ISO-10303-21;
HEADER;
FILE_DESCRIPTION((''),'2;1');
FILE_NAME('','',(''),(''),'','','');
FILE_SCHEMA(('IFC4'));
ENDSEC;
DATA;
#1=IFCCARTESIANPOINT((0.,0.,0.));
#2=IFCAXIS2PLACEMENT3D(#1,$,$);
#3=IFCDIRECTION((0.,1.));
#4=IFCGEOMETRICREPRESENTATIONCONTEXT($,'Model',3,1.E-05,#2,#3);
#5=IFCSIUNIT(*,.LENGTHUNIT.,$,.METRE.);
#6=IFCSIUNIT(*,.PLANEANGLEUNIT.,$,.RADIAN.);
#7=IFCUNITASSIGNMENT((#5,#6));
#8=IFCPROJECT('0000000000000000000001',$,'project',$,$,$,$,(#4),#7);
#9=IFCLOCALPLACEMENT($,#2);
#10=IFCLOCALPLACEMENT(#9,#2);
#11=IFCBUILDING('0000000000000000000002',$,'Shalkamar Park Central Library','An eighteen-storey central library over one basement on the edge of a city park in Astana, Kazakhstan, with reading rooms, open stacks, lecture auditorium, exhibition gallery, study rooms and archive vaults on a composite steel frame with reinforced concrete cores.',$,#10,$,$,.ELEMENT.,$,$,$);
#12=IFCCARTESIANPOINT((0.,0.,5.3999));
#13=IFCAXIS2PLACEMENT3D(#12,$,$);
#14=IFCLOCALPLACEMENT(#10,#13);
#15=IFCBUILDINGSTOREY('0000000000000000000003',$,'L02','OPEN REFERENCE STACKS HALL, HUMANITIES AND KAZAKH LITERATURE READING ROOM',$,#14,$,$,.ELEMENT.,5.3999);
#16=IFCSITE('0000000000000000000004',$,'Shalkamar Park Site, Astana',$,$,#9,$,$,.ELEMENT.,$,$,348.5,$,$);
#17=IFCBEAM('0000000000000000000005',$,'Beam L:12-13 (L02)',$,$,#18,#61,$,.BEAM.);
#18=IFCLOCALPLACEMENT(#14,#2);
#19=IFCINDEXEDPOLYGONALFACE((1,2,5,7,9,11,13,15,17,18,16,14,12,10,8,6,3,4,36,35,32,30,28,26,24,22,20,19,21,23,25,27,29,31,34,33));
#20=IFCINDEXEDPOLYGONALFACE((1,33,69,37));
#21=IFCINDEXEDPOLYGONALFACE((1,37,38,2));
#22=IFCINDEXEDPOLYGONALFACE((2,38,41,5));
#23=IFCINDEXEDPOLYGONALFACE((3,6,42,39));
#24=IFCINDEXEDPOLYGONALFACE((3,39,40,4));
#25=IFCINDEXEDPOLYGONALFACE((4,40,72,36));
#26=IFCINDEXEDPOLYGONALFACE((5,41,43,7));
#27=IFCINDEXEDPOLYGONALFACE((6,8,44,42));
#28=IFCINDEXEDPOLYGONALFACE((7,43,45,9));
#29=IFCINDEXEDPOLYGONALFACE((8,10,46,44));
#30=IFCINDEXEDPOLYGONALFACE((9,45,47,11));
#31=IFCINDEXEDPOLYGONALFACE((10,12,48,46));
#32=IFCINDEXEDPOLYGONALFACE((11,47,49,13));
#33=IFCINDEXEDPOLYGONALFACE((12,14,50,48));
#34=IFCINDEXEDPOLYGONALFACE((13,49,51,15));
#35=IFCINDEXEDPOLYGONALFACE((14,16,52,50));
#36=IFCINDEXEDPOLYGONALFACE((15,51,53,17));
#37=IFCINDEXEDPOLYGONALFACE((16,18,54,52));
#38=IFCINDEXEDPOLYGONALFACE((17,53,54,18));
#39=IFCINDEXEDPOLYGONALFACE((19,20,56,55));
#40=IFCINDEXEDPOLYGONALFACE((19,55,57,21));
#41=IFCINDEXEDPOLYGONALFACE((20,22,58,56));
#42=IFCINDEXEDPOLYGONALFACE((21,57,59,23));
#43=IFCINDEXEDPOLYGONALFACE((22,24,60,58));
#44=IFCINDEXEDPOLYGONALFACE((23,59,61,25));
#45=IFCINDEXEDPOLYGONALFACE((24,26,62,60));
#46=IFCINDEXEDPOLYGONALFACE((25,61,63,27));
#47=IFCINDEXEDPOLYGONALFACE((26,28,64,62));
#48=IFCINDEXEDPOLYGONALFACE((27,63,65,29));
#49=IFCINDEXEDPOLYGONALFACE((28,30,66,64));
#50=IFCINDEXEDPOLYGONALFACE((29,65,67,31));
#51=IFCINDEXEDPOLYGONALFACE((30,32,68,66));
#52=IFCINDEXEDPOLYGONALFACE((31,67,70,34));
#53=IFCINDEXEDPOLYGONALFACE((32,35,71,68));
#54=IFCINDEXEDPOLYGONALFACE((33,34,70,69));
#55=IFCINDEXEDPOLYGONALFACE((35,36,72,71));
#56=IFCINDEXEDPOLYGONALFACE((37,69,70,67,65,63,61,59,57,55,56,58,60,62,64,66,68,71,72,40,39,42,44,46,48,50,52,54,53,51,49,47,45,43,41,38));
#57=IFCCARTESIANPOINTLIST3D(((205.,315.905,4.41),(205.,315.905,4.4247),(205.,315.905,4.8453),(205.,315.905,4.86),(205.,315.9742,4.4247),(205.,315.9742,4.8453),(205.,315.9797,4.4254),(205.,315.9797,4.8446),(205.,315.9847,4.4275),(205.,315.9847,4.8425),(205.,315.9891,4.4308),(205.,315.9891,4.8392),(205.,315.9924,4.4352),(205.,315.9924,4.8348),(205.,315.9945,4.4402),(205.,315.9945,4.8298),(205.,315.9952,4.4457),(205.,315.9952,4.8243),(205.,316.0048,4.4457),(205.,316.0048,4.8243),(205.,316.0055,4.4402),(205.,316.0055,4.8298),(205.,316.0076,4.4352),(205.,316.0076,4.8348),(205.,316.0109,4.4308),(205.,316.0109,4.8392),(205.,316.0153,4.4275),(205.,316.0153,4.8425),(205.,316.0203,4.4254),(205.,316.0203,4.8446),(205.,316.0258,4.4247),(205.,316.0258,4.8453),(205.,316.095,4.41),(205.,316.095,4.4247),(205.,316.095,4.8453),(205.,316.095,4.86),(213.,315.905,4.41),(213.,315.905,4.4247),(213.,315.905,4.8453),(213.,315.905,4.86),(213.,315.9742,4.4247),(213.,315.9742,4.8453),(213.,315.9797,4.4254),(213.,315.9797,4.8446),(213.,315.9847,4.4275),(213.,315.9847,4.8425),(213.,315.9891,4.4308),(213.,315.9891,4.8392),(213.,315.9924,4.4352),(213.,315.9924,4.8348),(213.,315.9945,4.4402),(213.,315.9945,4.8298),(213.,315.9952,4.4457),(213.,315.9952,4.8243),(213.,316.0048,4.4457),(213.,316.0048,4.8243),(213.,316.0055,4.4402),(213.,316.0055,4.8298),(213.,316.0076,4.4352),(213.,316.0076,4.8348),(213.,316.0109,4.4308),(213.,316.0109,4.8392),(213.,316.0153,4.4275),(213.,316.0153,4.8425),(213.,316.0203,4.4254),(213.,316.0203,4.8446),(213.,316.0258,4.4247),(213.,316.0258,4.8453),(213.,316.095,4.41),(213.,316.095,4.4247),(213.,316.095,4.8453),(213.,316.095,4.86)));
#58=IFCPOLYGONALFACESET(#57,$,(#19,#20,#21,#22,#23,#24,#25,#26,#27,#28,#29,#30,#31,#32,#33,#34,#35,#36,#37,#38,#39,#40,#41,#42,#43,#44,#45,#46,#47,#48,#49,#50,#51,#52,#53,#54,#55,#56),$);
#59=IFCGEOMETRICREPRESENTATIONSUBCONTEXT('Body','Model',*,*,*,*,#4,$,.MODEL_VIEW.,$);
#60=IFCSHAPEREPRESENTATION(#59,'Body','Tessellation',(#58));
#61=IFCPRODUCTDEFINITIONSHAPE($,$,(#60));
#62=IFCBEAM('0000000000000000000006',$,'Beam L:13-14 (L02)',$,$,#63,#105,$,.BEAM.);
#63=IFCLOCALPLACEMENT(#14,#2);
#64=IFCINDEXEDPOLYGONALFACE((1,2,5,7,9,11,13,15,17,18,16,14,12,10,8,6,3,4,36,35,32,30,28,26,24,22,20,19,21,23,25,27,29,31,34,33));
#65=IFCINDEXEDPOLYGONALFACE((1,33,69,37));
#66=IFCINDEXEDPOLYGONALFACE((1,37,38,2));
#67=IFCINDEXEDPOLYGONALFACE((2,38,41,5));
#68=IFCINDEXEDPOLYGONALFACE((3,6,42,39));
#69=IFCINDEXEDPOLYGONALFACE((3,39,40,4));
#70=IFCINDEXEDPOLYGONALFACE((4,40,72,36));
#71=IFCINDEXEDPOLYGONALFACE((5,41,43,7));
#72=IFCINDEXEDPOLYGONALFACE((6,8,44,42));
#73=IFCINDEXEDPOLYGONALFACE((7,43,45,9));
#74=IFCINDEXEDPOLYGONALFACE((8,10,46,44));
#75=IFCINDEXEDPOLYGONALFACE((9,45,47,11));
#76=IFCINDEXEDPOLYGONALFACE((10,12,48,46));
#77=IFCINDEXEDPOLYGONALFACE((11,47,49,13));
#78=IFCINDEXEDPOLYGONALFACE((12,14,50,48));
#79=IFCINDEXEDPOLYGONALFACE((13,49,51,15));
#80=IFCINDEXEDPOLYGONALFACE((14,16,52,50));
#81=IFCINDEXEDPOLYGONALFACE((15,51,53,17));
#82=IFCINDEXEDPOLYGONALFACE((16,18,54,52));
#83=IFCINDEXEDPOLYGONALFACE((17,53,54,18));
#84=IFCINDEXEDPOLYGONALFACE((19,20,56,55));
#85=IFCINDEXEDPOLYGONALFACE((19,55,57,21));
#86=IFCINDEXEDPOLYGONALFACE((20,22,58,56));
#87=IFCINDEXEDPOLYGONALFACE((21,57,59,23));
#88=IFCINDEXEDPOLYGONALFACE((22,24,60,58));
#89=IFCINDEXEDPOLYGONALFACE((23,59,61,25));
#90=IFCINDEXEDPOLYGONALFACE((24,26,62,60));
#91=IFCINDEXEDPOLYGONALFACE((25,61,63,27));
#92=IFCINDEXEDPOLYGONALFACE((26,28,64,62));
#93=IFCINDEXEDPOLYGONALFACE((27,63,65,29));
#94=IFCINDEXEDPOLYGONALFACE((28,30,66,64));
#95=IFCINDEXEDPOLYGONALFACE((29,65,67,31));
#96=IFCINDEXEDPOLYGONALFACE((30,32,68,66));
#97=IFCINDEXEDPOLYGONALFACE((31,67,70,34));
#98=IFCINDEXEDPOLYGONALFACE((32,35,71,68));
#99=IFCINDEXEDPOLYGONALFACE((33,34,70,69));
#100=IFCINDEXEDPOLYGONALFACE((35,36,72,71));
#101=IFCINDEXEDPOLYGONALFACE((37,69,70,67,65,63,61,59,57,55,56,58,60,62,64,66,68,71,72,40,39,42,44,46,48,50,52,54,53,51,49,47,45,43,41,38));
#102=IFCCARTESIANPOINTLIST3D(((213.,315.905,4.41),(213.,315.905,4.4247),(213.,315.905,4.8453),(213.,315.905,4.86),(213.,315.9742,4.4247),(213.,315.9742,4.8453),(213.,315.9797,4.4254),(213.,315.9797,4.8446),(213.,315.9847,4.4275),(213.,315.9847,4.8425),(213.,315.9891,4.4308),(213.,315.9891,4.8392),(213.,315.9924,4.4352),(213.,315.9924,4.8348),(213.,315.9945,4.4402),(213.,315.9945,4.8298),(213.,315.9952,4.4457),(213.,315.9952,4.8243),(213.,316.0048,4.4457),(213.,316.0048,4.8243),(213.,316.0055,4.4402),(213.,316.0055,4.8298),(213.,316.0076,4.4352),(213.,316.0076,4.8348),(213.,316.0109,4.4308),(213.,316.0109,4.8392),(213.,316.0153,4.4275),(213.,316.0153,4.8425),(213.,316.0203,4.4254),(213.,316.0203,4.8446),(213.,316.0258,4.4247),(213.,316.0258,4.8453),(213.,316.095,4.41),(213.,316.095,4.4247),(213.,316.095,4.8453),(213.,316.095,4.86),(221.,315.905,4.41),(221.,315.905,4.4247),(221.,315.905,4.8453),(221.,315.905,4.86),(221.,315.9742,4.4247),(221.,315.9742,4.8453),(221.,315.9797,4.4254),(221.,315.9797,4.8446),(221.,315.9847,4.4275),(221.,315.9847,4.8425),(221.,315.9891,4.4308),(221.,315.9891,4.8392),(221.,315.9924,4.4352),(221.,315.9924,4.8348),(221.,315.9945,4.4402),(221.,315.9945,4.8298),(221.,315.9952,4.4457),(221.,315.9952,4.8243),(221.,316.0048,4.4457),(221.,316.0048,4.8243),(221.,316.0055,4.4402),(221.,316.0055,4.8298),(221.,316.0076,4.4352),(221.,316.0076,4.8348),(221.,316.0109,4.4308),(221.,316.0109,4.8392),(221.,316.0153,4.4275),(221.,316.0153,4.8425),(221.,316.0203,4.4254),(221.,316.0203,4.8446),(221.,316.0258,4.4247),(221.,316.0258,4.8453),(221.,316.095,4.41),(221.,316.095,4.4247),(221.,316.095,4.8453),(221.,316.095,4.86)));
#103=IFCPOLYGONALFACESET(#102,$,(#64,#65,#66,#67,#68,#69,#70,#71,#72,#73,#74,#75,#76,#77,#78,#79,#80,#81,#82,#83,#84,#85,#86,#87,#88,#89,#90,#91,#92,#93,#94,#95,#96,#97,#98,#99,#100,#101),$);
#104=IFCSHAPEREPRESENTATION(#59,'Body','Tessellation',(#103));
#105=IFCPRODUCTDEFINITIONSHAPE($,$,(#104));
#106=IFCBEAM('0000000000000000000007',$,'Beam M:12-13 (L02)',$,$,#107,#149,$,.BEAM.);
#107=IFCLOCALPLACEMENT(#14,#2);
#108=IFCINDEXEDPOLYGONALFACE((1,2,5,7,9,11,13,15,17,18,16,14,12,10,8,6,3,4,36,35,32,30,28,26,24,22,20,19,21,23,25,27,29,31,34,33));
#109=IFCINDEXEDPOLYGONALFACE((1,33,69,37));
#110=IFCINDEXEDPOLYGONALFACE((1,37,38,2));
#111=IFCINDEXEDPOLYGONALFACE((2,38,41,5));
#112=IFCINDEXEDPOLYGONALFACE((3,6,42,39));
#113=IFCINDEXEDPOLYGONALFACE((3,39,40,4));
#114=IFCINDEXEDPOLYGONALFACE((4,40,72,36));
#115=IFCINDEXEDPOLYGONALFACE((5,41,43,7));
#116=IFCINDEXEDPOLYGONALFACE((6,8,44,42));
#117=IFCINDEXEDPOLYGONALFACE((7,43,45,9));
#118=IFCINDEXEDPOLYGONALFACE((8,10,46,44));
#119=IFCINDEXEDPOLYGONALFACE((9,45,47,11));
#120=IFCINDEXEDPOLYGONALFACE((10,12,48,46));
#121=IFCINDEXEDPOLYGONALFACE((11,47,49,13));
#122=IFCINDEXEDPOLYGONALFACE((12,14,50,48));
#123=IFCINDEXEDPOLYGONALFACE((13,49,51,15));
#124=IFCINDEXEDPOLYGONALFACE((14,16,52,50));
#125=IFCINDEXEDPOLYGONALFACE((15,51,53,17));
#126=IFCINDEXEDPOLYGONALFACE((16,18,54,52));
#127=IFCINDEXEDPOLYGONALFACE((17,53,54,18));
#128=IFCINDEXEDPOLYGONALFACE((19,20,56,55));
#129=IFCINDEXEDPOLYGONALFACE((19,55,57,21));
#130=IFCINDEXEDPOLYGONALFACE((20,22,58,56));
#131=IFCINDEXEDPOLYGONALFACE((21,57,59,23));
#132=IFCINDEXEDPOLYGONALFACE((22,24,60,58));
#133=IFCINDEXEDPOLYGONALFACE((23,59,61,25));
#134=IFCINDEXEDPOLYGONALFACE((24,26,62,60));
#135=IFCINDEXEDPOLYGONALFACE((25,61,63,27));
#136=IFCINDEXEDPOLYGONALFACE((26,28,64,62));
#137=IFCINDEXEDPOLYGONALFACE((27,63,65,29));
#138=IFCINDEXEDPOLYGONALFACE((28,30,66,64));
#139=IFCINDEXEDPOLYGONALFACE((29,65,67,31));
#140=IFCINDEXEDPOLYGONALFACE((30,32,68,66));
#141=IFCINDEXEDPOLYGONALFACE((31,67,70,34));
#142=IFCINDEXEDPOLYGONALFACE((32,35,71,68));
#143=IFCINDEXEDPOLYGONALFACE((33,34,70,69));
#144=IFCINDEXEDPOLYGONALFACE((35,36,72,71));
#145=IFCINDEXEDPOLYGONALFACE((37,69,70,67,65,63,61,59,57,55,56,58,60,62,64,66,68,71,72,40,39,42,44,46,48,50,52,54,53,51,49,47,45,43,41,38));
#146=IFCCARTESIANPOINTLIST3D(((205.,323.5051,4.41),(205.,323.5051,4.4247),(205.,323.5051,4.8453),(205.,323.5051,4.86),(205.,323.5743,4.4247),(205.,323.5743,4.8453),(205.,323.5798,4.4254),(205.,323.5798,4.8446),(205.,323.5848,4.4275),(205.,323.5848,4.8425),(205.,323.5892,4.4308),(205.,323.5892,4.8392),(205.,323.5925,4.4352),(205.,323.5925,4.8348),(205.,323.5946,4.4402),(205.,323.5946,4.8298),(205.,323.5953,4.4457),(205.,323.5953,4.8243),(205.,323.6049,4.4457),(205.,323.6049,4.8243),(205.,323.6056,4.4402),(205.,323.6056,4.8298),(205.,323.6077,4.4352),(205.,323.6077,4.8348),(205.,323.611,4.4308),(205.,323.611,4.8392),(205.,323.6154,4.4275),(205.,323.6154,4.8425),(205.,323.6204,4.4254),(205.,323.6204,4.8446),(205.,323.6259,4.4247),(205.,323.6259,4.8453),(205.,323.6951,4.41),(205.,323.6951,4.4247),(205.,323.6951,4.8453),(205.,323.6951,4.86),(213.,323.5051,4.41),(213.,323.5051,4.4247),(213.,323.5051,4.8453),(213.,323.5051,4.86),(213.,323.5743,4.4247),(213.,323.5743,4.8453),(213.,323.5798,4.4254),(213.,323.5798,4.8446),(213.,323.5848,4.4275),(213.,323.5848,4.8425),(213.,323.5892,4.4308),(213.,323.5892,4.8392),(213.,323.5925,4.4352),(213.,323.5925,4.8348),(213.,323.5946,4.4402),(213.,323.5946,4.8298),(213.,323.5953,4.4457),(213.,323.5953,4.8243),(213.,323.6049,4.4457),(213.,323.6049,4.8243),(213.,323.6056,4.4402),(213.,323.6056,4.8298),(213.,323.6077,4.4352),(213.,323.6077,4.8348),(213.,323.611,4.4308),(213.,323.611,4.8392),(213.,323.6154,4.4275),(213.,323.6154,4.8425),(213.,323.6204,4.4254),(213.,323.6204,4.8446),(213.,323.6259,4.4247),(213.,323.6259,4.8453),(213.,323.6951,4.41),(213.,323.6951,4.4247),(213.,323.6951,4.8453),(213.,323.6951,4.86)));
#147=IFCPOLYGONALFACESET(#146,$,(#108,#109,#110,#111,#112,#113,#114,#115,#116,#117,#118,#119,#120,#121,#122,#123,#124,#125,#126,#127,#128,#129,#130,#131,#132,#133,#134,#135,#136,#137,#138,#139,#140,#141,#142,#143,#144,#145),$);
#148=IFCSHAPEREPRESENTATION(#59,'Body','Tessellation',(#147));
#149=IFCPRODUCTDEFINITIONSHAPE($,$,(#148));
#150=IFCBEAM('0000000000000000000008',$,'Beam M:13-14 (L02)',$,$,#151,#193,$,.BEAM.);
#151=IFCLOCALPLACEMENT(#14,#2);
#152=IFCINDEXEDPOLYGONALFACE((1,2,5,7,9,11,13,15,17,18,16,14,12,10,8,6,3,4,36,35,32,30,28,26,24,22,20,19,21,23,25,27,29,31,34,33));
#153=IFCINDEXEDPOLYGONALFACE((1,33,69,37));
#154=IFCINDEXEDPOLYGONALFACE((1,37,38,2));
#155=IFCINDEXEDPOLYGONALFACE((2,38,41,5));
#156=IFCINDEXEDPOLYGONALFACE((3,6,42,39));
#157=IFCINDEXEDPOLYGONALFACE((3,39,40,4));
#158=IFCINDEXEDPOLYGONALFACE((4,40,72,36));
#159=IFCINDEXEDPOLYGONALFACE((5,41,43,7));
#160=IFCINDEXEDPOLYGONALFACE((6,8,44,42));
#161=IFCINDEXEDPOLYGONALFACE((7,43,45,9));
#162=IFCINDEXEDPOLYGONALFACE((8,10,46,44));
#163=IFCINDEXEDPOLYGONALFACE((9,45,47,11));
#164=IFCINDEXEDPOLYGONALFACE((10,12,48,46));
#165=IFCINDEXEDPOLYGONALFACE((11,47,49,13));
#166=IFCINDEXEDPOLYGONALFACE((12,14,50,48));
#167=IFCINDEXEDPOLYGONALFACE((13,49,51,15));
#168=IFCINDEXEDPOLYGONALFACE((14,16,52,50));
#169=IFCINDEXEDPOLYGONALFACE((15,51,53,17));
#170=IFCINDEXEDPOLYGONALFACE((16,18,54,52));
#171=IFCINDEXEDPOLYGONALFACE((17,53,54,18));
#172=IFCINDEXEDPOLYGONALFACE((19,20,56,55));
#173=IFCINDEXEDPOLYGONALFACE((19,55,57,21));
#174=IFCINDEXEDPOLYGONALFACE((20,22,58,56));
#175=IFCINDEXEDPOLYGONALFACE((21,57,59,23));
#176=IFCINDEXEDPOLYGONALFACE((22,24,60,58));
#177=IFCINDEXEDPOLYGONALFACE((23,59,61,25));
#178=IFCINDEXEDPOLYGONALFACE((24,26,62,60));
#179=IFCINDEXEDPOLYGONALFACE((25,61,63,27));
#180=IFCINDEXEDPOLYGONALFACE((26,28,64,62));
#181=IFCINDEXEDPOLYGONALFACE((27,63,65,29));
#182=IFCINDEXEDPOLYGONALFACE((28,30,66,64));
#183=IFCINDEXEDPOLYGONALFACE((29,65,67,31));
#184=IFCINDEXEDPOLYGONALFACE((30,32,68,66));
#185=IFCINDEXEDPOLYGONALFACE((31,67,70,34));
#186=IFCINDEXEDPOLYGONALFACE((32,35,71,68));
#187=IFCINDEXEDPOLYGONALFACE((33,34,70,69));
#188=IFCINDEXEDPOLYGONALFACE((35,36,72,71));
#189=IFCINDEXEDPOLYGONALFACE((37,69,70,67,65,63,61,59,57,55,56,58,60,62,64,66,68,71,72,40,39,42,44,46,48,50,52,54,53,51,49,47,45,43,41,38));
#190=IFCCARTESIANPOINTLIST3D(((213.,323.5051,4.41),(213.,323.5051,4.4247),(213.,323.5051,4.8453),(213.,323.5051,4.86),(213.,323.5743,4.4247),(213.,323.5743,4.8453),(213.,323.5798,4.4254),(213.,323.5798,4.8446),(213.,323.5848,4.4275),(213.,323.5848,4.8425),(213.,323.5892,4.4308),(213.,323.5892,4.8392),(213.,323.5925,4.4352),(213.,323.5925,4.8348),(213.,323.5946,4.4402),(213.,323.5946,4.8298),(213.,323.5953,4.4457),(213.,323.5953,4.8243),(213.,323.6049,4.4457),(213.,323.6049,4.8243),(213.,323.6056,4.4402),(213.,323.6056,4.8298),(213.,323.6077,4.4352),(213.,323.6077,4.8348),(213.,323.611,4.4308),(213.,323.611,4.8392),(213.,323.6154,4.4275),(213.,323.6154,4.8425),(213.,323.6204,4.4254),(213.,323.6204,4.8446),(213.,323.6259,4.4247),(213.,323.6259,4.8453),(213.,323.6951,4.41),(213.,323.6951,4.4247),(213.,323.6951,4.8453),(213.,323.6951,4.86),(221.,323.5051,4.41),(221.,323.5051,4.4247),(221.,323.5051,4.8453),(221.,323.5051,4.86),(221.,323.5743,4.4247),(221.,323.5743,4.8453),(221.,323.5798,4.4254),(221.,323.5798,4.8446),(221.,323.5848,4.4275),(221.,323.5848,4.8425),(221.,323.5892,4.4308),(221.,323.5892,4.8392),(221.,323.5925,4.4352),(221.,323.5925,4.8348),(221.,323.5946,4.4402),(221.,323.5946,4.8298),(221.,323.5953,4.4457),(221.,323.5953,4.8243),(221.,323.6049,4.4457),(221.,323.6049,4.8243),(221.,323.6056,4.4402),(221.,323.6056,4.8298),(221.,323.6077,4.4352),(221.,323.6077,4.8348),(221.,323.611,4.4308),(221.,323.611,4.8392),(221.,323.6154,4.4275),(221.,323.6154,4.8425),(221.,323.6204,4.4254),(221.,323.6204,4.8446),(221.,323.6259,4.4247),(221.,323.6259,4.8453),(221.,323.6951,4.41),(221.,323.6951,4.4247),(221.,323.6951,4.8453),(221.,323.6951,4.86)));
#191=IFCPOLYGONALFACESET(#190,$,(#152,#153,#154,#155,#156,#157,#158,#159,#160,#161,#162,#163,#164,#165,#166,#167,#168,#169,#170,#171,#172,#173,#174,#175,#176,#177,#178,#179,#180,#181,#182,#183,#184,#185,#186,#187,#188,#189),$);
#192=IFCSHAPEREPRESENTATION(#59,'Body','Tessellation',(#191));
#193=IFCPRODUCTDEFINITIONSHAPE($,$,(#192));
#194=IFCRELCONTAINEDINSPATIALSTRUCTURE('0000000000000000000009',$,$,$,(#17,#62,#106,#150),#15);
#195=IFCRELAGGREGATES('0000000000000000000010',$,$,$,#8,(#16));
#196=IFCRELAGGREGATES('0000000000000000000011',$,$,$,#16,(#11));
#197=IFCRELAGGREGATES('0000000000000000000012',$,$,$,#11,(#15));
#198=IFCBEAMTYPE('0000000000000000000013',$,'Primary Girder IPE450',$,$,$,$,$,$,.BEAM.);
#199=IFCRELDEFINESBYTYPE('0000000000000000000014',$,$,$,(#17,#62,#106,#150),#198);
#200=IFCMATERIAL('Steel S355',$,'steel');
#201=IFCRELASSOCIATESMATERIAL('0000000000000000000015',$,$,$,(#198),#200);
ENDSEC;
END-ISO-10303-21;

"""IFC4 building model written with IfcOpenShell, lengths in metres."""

from ifc_helpers import new_model, si_unit, direction, frame, origin, origin_2d, place, context, subcontext, project, spatial, i_section, extrude, material, material_profile, profile_set, type_object, element, save


model = new_model("IFC4")

# Units and contexts
model_context = context("Model", 3, precision=1e-05, world=origin(), true_north=direction((0.0, 1.0)))
body_context = subcontext(model_context, "Body", "Model", "MODEL_VIEW")
ifc_project = project(units=[si_unit("LENGTHUNIT", "METRE"), si_unit("PLANEANGLEUNIT", "RADIAN")], contexts=[model_context])

# Site, building, storey
site_placement = place(None, origin())
site = spatial("IfcSite", under=ifc_project, at=site_placement, Name="Shalkamar Park Site, Astana", CompositionType="ELEMENT", RefElevation=348.5)
building_placement = place(site_placement, origin())
building = spatial("IfcBuilding", under=site, at=building_placement, Name="Shalkamar Park Central Library", Description="An eighteen-storey central library over one basement on the edge of a city park in Astana, Kazakhstan, with reading rooms, open stacks, lecture auditorium, exhibition gallery, study rooms and archive vaults on a composite steel frame with reinforced concrete cores.", CompositionType="ELEMENT")
storey_placement = place(building_placement, frame((0.0, 0.0, 5.3999)))
storey = spatial("IfcBuildingStorey", under=building, at=storey_placement, Name="L02", Description="OPEN REFERENCE STACKS HALL, HUMANITIES AND KAZAKH LITERATURE READING ROOM", CompositionType="ELEMENT", Elevation=5.3999)

# Shared definitions
ifc_material = material(Name="Steel S355", Category="steel")

# Beams
ifc_material_profile_1 = material_profile(ifc_material, i_section(OverallWidth=0.1899, OverallDepth=0.45, WebThickness=0.0095, FlangeThickness=0.0146, FilletRadius=0.021, at=origin_2d()), Name="IPE 450")
ifc_profile_set_1 = profile_set([ifc_material_profile_1], Name="Steel S355")
beam_type_1 = type_object("IfcBeamType", Name="Primary Girder IPE450", PredefinedType="BEAM", material=ifc_profile_set_1)
for number, where, z_axis, x_axis, name in (
    (1, (205.0, 316.0, 4.635), (1.0, 0.0, 0.0), (0.0, 1.0, 0.0), "Beam L:12-13 (L02)"),
    (2, (213.0, 316.0, 4.635), (1.0, 0.0, 0.0), (0.0, 1.0, 0.0), "Beam L:13-14 (L02)"),
    (3, (205.0, 323.6001, 4.635), (1.0, 0.0, 0.0), (0.0, 1.0, 0.0), "Beam M:12-13 (L02)"),
    (4, (213.0, 323.6001, 4.635), (1.0, 0.0, 0.0), (0.0, 1.0, 0.0), "Beam M:13-14 (L02)"),
):
    element("IfcBeam", number, at=place(storey_placement, frame(where, z_axis=z_axis, x_axis=x_axis)), inside=storey, type_object=beam_type_1, Name=name, PredefinedType="BEAM", context=body_context, shape_type="SweptSolid", body=[
        extrude(i_section(OverallWidth=0.1899, OverallDepth=0.45, WebThickness=0.0095, FlangeThickness=0.0146, FilletRadius=0.021, at=origin_2d()), origin(), (0.0, 0.0, 1.0), 8.0),
    ])

save(model, "model.ifc")
